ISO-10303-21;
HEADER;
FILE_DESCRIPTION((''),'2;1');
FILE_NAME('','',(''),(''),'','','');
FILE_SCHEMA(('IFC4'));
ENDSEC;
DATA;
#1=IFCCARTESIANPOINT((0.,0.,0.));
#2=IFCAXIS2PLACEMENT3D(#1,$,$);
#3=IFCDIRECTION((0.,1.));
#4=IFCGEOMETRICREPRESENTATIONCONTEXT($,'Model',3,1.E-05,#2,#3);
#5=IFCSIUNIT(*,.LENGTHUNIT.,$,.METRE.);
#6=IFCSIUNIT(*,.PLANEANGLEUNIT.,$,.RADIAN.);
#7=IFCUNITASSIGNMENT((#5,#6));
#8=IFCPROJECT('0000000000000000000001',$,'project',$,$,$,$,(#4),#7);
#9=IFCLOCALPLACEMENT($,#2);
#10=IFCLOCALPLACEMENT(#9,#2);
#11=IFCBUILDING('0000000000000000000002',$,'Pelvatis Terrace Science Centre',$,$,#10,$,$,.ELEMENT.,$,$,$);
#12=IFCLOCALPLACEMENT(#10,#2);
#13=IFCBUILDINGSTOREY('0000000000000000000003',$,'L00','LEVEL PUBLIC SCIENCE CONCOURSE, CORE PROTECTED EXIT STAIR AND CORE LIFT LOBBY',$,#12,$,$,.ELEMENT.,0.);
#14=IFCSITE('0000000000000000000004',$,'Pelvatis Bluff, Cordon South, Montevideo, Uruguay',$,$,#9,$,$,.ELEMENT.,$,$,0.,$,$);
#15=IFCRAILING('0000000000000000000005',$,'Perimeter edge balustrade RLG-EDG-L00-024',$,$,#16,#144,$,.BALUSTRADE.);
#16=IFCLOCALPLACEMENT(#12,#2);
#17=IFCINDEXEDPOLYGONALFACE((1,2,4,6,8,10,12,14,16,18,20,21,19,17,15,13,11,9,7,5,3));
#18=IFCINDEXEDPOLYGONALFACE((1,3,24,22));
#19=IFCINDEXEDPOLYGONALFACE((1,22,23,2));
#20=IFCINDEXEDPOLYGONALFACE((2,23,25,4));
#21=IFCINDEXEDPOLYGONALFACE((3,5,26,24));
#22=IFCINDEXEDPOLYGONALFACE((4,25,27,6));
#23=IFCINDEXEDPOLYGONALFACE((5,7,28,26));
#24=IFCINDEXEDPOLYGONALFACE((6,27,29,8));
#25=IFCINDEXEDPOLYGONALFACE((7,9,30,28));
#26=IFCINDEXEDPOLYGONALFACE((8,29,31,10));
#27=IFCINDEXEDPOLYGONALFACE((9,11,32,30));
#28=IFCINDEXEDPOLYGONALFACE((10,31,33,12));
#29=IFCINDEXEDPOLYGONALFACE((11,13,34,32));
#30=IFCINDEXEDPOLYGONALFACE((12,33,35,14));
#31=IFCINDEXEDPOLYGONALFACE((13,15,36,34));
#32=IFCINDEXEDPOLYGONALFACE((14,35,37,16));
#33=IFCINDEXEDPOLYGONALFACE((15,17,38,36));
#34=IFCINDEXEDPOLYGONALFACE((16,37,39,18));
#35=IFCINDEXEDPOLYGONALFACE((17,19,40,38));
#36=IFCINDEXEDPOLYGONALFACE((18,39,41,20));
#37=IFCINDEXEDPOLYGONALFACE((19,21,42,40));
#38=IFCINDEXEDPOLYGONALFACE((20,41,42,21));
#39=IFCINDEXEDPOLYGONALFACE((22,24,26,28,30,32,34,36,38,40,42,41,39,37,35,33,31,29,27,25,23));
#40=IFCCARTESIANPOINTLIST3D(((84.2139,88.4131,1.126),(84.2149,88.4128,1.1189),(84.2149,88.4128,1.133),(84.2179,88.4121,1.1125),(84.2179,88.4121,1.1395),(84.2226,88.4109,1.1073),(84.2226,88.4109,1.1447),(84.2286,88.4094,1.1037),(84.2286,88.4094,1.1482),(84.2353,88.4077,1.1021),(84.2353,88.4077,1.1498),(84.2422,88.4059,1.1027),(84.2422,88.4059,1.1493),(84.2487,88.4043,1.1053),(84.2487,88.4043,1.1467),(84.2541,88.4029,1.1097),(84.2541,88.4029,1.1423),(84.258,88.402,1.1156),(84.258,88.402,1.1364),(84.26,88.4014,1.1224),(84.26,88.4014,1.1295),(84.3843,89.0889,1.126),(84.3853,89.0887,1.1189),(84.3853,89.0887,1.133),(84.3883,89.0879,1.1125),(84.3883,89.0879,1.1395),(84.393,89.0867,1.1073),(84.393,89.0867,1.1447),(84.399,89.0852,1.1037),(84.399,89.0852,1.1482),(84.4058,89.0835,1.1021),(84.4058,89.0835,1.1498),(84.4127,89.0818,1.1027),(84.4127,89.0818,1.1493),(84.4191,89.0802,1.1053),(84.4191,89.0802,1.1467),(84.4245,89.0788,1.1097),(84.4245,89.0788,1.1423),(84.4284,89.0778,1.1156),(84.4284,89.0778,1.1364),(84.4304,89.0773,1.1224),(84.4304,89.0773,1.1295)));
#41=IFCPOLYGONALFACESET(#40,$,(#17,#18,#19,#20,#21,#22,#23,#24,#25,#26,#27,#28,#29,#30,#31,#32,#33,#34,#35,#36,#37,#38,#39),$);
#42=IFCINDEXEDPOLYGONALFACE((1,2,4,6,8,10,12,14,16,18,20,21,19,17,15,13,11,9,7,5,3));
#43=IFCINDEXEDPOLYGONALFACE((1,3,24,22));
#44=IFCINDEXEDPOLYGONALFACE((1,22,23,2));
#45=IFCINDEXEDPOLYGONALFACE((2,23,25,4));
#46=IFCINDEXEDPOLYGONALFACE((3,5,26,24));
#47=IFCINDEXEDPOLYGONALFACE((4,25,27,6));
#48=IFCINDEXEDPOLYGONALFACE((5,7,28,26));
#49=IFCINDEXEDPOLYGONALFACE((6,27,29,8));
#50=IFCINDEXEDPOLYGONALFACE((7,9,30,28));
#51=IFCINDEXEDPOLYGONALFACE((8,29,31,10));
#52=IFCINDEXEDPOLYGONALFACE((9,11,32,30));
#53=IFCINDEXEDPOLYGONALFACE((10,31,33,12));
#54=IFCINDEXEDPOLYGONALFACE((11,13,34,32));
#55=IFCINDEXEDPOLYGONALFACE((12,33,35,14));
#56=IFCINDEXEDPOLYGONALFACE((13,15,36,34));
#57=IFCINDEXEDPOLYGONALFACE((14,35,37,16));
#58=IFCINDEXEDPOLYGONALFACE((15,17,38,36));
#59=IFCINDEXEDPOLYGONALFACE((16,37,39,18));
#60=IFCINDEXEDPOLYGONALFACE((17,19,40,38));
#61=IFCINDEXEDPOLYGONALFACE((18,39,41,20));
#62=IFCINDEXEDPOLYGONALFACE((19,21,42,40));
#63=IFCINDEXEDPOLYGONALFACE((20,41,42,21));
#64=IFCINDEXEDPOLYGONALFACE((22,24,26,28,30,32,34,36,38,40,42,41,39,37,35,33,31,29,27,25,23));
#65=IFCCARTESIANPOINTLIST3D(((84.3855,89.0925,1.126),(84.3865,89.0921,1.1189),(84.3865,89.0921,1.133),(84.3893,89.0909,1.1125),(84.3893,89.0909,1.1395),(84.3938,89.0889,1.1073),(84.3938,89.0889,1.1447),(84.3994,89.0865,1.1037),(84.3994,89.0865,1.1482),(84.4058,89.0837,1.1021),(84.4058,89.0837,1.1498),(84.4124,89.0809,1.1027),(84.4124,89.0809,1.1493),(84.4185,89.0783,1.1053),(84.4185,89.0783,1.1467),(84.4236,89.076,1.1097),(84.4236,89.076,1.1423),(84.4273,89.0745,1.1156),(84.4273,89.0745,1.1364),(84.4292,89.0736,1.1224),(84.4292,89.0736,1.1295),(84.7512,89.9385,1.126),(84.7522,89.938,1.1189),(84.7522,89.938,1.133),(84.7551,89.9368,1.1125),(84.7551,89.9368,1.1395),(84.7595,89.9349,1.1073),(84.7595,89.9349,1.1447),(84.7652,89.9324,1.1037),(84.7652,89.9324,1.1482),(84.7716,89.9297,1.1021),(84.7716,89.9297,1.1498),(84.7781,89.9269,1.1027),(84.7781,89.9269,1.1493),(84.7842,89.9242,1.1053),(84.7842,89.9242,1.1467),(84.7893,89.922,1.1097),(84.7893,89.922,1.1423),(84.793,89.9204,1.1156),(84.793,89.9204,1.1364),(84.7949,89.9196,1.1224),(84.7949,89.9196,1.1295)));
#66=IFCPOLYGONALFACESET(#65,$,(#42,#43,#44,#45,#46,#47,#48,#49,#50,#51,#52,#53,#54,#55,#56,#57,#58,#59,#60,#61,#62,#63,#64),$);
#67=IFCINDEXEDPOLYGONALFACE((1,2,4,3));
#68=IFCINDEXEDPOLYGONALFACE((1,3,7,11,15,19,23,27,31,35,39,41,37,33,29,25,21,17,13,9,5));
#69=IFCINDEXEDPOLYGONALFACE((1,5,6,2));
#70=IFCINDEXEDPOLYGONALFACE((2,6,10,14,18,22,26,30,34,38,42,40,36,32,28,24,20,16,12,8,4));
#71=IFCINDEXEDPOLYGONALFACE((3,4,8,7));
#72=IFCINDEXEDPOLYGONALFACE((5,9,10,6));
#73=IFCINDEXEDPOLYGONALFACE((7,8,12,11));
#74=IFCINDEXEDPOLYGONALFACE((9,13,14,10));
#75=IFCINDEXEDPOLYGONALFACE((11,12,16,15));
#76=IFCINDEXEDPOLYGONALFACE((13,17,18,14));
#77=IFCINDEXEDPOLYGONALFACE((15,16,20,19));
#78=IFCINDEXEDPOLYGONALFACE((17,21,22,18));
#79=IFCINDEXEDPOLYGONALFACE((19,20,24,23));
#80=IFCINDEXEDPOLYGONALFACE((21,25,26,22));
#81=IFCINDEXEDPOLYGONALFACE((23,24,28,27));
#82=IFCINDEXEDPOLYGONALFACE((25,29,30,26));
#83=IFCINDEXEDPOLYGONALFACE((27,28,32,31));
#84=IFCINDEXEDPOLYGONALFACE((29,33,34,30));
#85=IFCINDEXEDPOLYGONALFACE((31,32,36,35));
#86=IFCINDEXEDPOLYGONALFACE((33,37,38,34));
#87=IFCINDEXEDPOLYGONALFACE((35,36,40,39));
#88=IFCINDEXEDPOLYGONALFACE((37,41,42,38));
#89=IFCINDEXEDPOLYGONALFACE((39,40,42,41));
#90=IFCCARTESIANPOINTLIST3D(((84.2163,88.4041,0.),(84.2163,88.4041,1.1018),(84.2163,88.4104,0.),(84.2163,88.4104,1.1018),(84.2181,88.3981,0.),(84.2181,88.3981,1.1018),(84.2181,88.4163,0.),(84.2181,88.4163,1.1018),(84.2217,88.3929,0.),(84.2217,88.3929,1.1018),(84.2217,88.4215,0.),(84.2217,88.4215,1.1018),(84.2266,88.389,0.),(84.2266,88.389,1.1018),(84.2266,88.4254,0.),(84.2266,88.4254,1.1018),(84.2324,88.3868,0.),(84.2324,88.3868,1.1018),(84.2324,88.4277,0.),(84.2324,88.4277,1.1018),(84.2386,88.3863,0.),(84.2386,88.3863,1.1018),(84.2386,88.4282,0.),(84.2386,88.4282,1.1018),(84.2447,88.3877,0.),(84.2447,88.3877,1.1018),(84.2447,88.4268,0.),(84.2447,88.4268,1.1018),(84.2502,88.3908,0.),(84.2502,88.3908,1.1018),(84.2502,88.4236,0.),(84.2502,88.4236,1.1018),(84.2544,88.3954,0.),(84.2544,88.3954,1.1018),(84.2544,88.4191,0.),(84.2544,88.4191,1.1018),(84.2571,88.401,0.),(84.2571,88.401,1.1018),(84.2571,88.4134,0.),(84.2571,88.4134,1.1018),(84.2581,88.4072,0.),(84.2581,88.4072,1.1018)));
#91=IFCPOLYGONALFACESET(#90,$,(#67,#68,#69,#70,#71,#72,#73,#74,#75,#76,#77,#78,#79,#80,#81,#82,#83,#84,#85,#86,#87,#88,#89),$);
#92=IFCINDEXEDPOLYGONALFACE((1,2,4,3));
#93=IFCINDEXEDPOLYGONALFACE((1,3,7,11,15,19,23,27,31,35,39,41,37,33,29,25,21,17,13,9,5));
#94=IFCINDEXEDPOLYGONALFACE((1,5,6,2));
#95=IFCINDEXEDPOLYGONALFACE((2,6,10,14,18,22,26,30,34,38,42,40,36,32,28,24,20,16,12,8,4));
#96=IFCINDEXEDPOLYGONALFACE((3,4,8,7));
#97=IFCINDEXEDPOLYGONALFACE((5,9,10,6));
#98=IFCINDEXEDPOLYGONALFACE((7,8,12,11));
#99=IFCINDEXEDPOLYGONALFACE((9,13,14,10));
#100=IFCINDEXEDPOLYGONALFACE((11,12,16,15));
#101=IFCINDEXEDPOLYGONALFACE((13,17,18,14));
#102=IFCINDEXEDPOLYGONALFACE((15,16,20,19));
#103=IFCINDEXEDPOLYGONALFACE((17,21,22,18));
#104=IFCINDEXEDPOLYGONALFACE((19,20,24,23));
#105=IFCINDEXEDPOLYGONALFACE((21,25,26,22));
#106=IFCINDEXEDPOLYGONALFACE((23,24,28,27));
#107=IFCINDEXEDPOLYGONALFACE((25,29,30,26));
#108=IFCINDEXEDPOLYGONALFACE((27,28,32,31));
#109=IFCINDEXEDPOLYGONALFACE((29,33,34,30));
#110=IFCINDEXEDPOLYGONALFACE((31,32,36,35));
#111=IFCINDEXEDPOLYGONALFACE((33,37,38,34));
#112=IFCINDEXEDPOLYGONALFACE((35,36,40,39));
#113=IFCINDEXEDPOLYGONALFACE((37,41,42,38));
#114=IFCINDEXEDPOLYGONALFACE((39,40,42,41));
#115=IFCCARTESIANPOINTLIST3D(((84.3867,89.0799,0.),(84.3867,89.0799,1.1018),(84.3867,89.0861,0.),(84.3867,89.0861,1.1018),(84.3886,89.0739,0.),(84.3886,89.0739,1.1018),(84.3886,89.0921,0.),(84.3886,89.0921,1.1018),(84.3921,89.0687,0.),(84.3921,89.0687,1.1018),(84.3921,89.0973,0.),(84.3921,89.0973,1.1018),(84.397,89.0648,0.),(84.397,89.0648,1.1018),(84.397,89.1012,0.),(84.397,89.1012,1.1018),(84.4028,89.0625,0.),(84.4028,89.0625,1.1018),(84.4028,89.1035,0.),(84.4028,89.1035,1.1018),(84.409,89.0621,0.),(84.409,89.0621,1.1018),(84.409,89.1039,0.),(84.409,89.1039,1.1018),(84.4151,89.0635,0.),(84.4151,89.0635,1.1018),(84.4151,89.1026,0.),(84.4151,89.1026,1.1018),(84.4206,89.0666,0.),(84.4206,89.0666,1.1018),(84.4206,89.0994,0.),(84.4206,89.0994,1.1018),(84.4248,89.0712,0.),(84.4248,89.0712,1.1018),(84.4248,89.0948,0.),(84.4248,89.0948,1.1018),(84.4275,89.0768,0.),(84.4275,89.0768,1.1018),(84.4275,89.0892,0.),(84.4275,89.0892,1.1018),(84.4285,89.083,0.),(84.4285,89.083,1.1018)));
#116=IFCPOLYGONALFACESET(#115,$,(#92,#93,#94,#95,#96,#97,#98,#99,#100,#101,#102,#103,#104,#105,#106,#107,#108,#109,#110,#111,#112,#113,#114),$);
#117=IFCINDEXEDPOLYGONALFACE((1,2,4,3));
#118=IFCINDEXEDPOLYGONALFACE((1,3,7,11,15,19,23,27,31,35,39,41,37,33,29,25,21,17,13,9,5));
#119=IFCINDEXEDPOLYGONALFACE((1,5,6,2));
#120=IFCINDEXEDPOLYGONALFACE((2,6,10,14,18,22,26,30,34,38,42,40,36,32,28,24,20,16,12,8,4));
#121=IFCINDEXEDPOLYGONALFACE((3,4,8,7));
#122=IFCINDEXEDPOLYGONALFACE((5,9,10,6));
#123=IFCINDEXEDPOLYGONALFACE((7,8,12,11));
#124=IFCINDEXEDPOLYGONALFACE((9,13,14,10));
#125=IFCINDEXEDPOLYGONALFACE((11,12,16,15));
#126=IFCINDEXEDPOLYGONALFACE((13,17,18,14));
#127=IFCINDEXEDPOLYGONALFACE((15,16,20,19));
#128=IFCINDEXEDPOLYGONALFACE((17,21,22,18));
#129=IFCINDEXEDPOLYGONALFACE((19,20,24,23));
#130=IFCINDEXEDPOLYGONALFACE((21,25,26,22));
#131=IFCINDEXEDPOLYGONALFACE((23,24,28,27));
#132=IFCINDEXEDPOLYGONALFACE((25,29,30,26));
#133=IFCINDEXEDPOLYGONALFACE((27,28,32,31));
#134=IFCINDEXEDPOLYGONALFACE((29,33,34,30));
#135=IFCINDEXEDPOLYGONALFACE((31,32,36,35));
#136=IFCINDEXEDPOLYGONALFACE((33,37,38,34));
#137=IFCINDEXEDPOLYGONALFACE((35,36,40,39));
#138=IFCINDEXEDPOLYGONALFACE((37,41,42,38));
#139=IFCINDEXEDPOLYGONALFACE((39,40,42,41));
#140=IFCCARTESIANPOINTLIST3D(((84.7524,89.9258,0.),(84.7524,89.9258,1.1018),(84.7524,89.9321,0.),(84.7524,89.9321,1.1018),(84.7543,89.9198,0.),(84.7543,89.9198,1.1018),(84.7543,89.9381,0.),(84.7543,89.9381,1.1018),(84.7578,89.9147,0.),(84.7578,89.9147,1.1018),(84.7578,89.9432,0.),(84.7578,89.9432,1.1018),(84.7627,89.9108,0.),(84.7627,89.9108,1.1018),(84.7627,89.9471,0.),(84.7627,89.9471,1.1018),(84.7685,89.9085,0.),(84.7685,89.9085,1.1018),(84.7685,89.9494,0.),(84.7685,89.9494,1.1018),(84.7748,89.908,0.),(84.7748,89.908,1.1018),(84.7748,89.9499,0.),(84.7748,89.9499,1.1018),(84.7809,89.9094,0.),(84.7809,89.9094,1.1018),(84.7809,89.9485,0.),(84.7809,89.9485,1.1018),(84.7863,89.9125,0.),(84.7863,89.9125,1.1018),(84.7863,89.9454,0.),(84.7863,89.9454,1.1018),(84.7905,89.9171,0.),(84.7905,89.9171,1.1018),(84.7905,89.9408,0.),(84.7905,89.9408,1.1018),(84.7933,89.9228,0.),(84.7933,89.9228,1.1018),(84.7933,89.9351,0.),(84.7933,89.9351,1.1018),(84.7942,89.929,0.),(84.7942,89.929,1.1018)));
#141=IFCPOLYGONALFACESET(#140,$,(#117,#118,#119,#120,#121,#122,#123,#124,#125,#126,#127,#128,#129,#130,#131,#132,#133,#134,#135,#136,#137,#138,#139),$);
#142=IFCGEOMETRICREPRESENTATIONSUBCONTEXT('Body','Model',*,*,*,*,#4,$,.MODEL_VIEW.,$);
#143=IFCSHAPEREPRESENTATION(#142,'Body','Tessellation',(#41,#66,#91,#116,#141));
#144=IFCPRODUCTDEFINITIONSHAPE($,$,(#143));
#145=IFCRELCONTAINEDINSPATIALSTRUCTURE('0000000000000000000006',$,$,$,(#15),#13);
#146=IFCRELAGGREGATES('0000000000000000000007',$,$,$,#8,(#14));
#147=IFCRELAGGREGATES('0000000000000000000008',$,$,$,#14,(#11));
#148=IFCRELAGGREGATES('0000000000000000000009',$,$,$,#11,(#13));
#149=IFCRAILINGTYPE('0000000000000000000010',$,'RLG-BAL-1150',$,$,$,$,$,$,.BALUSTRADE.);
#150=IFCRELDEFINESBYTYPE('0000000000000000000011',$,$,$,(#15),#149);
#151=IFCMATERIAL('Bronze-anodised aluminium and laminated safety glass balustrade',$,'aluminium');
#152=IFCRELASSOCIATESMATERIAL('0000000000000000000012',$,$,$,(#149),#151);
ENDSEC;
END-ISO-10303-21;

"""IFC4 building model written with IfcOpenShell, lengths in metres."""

from ifc_helpers import new_model, si_unit, direction, frame, origin, origin_2d, place, context, subcontext, project, spatial, circle, extrude, material, type_object, element, save


model = new_model("IFC4")

# Units and contexts
model_context = context("Model", 3, precision=1e-05, world=origin(), true_north=direction((0.0, 1.0)))
body_context = subcontext(model_context, "Body", "Model", "MODEL_VIEW")
ifc_project = project(units=[si_unit("LENGTHUNIT", "METRE"), si_unit("PLANEANGLEUNIT", "RADIAN")], contexts=[model_context])

# Site, building, storey
site_placement = place(None, origin())
site = spatial("IfcSite", under=ifc_project, at=site_placement, Name="Pelvatis Bluff, Cordon South, Montevideo, Uruguay", CompositionType="ELEMENT", RefElevation=0.0)
building_placement = place(site_placement, origin())
building = spatial("IfcBuilding", under=site, at=building_placement, Name="Pelvatis Terrace Science Centre", CompositionType="ELEMENT")
storey_placement = place(building_placement, origin())
storey = spatial("IfcBuildingStorey", under=building, at=storey_placement, Name="L00", Description="LEVEL PUBLIC SCIENCE CONCOURSE, CORE PROTECTED EXIT STAIR AND CORE LIFT LOBBY", CompositionType="ELEMENT", Elevation=0.0)

# Railing
ifc_material_1 = material(Name="Bronze-anodised aluminium and laminated safety glass balustrade", Category="aluminium")
railing_type = type_object("IfcRailingType", Name="RLG-BAL-1150", PredefinedType="BALUSTRADE", material=ifc_material_1)
railing_placement = place(storey_placement, frame((84.2371, 88.4072, 0.0)))
element("IfcRailing", 1, at=railing_placement, inside=storey, type_object=railing_type, Name="Perimeter edge balustrade RLG-EDG-L00-024", PredefinedType="BALUSTRADE", context=body_context, shape_type="SweptSolid", body=[
    extrude(circle(Radius=0.0239, at=origin_2d()), frame((0.0, 0.0, 1.126), z_axis=(0.244513, 0.969646, 0.0), x_axis=(-0.969646, 0.244513, 0.0)), (0.0, 0.0, 1.0), 0.697),
    extrude(circle(Radius=0.0239, at=origin_2d()), frame((0.1704, 0.6758, 1.126), z_axis=(0.396827, 0.917894, 0.0), x_axis=(-0.917894, 0.396827, 0.0)), (0.0, 0.0, 1.0), 0.9216),
    extrude(circle(Radius=0.021, at=origin_2d()), origin(), (0.0, 0.0, 1.0), 1.1018),
    extrude(circle(Radius=0.021, at=origin_2d()), frame((0.1704, 0.6758, 0.0)), (0.0, 0.0, 1.0), 1.1018),
    extrude(circle(Radius=0.021, at=origin_2d()), frame((0.5361, 1.5217, 0.0)), (0.0, 0.0, 1.0), 1.1018),
])

save(model, "model.ifc")
